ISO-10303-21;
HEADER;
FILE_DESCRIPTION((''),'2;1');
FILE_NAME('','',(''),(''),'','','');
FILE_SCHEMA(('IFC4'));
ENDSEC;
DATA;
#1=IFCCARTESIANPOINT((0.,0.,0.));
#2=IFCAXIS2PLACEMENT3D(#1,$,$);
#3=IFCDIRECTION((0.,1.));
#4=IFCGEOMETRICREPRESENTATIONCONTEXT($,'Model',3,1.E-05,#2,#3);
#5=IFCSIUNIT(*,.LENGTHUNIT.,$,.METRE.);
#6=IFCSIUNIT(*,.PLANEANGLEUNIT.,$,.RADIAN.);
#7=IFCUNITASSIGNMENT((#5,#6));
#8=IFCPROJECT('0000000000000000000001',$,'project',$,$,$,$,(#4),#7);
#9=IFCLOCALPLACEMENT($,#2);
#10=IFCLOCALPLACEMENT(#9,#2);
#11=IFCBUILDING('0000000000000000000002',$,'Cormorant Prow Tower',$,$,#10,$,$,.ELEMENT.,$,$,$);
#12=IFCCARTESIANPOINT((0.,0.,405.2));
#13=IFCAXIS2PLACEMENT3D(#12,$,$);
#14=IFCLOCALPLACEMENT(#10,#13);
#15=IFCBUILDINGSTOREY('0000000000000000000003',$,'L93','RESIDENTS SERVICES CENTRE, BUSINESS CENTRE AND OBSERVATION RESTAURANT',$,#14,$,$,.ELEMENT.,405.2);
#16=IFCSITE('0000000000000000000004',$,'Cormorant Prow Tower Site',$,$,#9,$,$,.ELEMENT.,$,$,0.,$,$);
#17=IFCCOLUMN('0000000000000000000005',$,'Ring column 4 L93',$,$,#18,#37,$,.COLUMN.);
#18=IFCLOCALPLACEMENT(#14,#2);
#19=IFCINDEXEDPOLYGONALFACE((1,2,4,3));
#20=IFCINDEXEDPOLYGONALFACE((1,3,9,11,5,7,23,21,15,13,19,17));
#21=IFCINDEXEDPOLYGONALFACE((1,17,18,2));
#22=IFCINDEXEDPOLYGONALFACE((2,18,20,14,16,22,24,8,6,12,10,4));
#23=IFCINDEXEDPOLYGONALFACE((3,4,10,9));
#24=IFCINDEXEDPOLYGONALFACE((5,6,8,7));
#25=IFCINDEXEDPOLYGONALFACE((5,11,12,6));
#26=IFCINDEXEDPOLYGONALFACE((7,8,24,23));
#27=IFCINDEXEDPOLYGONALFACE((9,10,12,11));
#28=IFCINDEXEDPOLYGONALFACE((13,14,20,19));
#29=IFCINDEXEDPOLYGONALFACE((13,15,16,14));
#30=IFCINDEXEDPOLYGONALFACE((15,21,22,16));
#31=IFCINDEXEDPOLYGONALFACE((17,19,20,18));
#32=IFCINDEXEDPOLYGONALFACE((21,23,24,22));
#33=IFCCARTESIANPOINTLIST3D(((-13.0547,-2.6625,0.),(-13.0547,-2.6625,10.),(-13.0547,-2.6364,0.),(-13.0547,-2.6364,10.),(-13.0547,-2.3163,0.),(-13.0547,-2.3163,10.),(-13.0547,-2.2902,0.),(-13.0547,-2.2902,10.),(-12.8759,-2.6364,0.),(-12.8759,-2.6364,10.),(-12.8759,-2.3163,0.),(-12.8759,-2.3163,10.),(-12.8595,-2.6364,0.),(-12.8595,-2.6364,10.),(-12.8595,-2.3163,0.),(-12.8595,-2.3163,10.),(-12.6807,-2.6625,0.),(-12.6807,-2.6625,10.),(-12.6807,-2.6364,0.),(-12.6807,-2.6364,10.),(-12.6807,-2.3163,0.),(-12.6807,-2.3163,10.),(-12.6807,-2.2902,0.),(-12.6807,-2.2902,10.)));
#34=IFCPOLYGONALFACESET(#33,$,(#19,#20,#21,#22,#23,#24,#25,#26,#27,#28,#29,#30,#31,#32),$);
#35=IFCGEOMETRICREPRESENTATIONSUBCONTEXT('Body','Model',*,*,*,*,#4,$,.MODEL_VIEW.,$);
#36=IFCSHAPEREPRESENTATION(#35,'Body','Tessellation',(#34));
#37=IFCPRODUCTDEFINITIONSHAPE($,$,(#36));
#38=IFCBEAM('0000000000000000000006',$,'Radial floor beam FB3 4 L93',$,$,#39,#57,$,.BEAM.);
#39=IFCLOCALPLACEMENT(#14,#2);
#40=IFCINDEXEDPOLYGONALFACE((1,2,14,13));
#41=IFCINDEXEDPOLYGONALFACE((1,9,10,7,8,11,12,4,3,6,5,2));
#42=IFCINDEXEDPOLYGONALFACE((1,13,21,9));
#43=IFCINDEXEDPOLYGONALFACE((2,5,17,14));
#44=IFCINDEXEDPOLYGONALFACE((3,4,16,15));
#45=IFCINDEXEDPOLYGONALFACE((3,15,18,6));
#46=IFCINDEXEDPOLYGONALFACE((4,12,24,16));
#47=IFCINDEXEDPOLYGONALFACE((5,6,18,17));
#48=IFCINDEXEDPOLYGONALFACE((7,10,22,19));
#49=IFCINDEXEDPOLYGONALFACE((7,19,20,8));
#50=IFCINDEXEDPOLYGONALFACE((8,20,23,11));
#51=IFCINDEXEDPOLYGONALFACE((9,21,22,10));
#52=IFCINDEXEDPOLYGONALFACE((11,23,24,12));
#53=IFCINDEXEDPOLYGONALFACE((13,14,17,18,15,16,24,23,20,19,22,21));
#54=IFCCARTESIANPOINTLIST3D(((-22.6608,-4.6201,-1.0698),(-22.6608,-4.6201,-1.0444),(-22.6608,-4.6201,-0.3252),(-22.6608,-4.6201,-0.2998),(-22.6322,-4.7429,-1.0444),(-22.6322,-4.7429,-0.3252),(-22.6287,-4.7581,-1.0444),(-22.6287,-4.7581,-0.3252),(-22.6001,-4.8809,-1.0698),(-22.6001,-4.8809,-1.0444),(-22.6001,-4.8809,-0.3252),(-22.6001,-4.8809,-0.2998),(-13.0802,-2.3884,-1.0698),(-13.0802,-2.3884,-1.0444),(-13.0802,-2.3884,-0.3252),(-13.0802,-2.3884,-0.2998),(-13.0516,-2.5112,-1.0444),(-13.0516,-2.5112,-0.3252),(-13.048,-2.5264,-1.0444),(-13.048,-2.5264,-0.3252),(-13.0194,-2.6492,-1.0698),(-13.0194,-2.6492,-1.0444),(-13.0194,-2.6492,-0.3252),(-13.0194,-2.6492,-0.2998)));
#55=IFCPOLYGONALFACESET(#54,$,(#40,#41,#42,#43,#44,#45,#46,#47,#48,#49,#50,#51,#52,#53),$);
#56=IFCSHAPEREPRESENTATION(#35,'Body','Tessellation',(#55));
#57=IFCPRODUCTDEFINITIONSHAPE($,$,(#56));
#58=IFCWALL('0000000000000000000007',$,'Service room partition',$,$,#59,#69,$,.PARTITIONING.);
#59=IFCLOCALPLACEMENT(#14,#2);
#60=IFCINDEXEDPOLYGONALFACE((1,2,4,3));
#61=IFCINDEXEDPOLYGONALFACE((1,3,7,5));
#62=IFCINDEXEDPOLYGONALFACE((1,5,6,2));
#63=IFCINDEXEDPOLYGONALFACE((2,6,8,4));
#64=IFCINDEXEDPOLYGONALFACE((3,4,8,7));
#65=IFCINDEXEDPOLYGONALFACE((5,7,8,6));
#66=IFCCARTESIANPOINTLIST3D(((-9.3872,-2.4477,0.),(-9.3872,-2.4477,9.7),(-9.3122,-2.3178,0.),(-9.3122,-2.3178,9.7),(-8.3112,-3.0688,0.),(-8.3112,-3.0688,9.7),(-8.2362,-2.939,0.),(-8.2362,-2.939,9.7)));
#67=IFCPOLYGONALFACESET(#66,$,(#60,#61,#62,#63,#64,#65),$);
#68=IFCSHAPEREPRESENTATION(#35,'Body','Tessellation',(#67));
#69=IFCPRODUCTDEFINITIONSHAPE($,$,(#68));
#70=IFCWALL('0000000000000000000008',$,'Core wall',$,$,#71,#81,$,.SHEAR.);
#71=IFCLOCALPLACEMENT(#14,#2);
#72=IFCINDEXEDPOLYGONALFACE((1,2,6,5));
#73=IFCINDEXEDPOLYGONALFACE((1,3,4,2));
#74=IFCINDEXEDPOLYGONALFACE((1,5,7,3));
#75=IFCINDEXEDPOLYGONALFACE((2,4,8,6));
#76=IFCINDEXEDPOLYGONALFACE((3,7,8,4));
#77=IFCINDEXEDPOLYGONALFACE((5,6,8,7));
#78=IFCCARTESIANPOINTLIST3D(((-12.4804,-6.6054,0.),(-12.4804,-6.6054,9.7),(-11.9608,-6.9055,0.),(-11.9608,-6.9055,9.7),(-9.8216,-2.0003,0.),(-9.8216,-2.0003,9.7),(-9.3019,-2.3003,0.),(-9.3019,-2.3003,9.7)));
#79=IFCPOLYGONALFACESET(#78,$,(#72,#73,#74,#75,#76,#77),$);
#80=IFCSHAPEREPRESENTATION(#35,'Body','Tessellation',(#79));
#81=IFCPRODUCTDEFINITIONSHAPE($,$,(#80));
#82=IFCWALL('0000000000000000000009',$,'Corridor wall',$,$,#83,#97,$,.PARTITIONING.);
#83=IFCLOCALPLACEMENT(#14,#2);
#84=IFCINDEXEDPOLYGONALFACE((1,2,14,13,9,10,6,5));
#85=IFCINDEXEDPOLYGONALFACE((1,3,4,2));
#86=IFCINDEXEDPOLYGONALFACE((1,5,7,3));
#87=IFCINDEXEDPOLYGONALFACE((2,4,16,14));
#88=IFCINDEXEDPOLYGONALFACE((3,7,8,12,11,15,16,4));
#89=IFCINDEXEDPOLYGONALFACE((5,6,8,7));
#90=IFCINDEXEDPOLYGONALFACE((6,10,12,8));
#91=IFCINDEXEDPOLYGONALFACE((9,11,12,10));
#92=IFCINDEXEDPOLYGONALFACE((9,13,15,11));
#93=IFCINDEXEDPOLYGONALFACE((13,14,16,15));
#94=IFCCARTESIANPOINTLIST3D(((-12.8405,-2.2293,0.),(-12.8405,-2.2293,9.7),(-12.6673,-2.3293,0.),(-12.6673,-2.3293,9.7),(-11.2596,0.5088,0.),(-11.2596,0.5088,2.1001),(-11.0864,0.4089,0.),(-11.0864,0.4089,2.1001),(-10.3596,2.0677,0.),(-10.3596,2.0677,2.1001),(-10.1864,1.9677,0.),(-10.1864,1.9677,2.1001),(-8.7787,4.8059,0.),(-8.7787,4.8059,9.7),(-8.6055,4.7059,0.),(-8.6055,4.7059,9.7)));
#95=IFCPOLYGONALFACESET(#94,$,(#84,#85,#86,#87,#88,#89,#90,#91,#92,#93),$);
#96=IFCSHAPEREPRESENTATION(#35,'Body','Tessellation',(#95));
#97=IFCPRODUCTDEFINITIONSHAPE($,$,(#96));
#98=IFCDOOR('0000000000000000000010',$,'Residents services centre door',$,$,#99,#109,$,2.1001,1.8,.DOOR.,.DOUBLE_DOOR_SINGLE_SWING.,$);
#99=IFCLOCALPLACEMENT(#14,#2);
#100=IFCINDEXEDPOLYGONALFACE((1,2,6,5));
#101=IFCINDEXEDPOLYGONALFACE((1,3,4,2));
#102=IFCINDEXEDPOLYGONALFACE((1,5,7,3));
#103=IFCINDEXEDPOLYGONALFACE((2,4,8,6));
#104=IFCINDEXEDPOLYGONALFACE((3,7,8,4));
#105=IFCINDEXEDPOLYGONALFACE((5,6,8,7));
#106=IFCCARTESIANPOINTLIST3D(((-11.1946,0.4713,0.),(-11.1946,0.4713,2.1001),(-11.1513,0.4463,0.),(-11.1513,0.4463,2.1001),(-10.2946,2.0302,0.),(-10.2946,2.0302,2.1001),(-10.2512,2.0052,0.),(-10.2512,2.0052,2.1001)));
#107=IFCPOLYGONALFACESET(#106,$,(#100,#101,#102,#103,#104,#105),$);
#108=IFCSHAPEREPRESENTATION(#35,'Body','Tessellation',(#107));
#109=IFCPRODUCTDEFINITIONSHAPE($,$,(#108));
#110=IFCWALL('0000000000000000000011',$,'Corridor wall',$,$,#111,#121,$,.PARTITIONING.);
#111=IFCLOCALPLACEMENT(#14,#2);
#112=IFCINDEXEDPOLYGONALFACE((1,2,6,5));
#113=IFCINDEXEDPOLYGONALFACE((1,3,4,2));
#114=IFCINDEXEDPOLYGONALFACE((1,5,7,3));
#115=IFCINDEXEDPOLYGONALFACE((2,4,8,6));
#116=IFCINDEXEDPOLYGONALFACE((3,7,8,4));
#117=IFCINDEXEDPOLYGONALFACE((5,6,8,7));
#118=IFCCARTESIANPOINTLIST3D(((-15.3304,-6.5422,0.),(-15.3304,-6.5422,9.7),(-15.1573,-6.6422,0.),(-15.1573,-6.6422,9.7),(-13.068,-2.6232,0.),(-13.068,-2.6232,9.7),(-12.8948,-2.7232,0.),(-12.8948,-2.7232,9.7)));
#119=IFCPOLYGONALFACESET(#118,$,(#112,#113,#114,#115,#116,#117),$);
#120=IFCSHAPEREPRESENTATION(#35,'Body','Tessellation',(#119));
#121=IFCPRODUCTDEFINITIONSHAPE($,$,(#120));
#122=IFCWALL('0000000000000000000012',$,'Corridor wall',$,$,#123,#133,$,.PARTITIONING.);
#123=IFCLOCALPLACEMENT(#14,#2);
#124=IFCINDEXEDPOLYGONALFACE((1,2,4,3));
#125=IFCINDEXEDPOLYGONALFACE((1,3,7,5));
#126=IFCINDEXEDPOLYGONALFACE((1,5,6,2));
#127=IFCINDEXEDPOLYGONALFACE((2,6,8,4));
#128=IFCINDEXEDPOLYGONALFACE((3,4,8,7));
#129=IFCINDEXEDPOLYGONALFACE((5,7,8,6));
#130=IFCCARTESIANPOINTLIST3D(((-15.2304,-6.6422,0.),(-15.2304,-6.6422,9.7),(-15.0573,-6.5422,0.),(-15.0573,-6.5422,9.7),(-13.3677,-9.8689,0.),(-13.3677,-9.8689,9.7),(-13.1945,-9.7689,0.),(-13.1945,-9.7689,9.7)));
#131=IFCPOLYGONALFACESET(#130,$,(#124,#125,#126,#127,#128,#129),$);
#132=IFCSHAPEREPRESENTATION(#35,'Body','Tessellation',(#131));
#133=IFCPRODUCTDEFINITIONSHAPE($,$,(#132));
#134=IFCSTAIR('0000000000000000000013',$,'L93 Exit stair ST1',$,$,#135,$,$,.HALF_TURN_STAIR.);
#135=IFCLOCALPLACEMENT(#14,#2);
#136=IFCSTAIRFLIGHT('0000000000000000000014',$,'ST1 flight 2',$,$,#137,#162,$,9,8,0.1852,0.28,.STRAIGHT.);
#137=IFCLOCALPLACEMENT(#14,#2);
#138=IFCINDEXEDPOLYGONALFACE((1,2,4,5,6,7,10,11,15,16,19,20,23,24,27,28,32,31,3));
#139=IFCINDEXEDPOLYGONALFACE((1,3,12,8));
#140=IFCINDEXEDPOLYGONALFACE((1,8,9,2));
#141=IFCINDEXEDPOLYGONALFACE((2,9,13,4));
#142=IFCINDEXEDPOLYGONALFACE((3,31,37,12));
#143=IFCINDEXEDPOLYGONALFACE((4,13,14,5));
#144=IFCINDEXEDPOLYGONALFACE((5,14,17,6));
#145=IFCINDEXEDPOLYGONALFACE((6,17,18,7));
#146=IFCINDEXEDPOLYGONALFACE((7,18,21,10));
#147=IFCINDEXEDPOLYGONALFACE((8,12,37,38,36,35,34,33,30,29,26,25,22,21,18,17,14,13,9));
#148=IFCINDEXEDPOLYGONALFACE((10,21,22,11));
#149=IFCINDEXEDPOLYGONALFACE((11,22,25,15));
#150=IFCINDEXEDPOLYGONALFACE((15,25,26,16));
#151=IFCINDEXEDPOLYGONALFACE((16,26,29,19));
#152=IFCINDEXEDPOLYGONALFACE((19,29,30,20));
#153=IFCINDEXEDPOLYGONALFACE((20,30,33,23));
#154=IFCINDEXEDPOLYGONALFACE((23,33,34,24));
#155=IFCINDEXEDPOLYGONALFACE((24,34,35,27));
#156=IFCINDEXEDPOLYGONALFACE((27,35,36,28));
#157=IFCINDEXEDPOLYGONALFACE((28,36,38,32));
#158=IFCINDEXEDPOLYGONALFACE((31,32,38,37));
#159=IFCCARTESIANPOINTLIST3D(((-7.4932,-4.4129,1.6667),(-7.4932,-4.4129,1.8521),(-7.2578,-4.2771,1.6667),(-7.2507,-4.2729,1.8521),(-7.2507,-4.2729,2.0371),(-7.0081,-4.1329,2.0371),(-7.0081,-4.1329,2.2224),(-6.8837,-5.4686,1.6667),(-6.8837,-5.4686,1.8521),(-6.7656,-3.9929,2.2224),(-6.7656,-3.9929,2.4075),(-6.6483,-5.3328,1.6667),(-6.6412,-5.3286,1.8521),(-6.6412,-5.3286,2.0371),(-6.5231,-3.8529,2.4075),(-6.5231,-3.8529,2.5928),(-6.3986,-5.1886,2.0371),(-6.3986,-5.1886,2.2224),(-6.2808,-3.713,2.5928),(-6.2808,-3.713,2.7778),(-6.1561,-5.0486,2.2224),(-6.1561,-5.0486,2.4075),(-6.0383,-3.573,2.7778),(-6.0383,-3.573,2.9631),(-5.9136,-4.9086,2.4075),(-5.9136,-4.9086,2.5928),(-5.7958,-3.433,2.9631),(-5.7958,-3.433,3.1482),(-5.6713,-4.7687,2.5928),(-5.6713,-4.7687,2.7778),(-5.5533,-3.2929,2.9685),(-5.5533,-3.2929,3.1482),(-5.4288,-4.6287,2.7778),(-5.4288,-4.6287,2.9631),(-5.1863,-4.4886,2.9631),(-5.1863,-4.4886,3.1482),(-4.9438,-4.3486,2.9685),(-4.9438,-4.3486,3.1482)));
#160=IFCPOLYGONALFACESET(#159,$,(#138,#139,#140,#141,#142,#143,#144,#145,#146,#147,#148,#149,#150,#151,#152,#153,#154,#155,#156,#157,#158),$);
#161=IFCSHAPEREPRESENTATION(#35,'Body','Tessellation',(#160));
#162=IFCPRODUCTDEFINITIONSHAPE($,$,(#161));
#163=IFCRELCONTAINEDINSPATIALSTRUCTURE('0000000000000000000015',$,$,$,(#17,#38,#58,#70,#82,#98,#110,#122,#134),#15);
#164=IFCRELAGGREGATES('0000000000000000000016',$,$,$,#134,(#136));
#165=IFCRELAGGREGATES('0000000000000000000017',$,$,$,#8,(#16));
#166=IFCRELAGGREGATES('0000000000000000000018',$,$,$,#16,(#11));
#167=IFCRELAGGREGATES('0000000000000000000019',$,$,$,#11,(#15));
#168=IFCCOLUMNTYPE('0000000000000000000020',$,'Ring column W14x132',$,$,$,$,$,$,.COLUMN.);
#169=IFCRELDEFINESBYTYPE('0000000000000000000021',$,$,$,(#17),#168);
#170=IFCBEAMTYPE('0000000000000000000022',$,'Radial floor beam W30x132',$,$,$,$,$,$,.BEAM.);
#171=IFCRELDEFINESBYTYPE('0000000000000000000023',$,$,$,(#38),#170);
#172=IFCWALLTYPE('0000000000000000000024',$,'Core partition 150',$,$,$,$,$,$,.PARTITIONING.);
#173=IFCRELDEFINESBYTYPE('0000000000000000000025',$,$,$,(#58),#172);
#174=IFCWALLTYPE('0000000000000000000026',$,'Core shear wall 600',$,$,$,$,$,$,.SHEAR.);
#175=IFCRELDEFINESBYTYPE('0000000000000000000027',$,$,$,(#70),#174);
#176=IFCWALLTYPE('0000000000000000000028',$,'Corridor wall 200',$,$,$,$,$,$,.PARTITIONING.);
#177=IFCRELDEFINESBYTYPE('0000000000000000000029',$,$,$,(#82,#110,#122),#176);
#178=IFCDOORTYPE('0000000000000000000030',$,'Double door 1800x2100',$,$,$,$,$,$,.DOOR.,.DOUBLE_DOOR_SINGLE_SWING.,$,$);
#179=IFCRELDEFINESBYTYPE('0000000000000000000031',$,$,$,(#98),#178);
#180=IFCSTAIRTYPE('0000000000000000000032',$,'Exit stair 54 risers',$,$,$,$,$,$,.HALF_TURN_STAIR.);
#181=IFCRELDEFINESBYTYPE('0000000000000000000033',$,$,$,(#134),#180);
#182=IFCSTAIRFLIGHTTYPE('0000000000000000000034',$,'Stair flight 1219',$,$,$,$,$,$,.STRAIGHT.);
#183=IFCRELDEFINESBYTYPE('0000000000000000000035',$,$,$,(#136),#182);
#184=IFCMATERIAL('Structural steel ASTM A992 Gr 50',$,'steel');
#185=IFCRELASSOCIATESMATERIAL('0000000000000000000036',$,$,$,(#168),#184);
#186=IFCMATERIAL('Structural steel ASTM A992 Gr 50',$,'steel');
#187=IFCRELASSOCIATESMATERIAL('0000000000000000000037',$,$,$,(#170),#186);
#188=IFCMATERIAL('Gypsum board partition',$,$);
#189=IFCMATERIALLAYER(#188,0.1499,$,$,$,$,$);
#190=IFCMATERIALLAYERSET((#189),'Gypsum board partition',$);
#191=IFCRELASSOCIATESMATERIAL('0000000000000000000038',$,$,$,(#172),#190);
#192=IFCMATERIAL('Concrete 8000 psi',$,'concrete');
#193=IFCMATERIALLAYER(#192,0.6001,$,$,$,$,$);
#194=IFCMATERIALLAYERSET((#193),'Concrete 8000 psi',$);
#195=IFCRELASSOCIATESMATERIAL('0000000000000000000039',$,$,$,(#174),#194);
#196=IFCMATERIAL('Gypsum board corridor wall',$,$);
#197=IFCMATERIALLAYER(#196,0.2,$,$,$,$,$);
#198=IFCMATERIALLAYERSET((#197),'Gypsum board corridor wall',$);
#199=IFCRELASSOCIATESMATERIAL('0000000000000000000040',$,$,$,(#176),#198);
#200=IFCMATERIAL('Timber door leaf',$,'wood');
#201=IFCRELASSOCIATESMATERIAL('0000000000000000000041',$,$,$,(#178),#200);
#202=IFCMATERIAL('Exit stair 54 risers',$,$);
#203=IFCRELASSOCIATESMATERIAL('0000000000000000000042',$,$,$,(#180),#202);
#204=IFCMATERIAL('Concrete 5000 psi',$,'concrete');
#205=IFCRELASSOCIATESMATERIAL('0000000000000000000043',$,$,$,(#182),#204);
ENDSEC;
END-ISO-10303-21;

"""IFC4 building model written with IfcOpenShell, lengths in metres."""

from ifc_helpers import new_model, si_unit, direction, frame, frame_2d, origin, origin_2d, place, context, subcontext, project, spatial, polyline, rectangle, i_section, outline, extrude, material, layer, layer_set, material_profile, profile_set, type_object, element, fill, aggregate, save


model = new_model("IFC4")

# Units and contexts
model_context = context("Model", 3, precision=1e-05, world=origin(), true_north=direction((0.0, 1.0)))
body_context = subcontext(model_context, "Body", "Model", "MODEL_VIEW")
ifc_project = project(units=[si_unit("LENGTHUNIT", "METRE"), si_unit("PLANEANGLEUNIT", "RADIAN")], contexts=[model_context])

# Site, building, storey
site_placement = place(None, origin())
site = spatial("IfcSite", under=ifc_project, at=site_placement, Name="Cormorant Prow Tower Site", CompositionType="ELEMENT", RefElevation=0.0)
building_placement = place(site_placement, origin())
building = spatial("IfcBuilding", under=site, at=building_placement, Name="Cormorant Prow Tower", CompositionType="ELEMENT")
storey_placement = place(building_placement, frame((0.0, 0.0, 405.2)))
storey = spatial("IfcBuildingStorey", under=building, at=storey_placement, Name="L93", Description="RESIDENTS SERVICES CENTRE, BUSINESS CENTRE AND OBSERVATION RESTAURANT", CompositionType="ELEMENT", Elevation=405.2)

# Column
ifc_material_1 = material(Name="Structural steel ASTM A992 Gr 50", Category="steel")
ifc_material_profile_1 = material_profile(ifc_material_1, i_section(OverallWidth=0.374, OverallDepth=0.3723, WebThickness=0.0164, FlangeThickness=0.0261, at=origin_2d()), Name="W14x132")
ifc_profile_set_1 = profile_set([ifc_material_profile_1], Name="Structural steel ASTM A992 Gr 50")
column_type = type_object("IfcColumnType", Name="Ring column W14x132", PredefinedType="COLUMN", material=ifc_profile_set_1)
column_placement = place(storey_placement, frame((-12.8677, -2.4763, 0.0), z_axis=(0.0, 0.0, 1.0), x_axis=(1.0, 0.0, 0.0)))
element("IfcColumn", 1, at=column_placement, inside=storey, type_object=column_type, Name="Ring column 4 L93", PredefinedType="COLUMN", context=body_context, shape_type="SweptSolid", body=[
    extrude(i_section(OverallWidth=0.374, OverallDepth=0.3723, WebThickness=0.0164, FlangeThickness=0.0261, at=origin_2d()), origin(), (0.0, 0.0, 1.0), 10.0),
])

# Beam
ifc_material_2 = material(Name="Structural steel ASTM A992 Gr 50", Category="steel")
ifc_material_profile_2 = material_profile(ifc_material_2, i_section(OverallWidth=0.2678, OverallDepth=0.77, WebThickness=0.0156, FlangeThickness=0.0254, at=origin_2d()), Name="W30x132")
ifc_profile_set_2 = profile_set([ifc_material_profile_2], Name="Structural steel ASTM A992 Gr 50")
beam_type = type_object("IfcBeamType", Name="Radial floor beam W30x132", PredefinedType="BEAM", material=ifc_profile_set_2)
beam_placement = place(storey_placement, frame((-13.0498, -2.5188, -0.6848), z_axis=(-0.973926, -0.226866, 0.0), x_axis=(0.226866, -0.973926, 0.0)))
element("IfcBeam", 2, at=beam_placement, inside=storey, type_object=beam_type, Name="Radial floor beam FB3 4 L93", PredefinedType="BEAM", context=body_context, shape_type="SweptSolid", body=[
    extrude(i_section(OverallWidth=0.2678, OverallDepth=0.77, WebThickness=0.0156, FlangeThickness=0.0254, at=origin_2d()), origin(), (0.0, 0.0, 1.0), 9.8372),
])

# Walls
ifc_material_3 = material(Name="Gypsum board partition")
ifc_layer_1 = layer(ifc_material_3, 0.1499)
ifc_layer_set_1 = layer_set([ifc_layer_1], Name="Gypsum board partition")
wall_type_1 = type_object("IfcWallType", Name="Core partition 150", PredefinedType="PARTITIONING", material=ifc_layer_set_1)
wall_1_placement = place(storey_placement, frame((-9.3496, -2.3828, 0.0), z_axis=(0.0, 0.0, 1.0), x_axis=(0.866058, -0.499944, 0.0)))
element("IfcWall", 3, at=wall_1_placement, inside=storey, type_object=wall_type_1, Name="Service room partition", PredefinedType="PARTITIONING", context=body_context, shape_type="SweptSolid", body=[
    extrude(rectangle(XDim=1.2424, YDim=0.1499, at=frame_2d((0.6211, 0.0))), origin(), (0.0, 0.0, 1.0), 9.7),
])
ifc_material_4 = material(Name="Concrete 8000 psi", Category="concrete")
ifc_layer_2 = layer(ifc_material_4, 0.6001)
ifc_layer_set_2 = layer_set([ifc_layer_2], Name="Concrete 8000 psi")
wall_type_2 = type_object("IfcWallType", Name="Core shear wall 600", PredefinedType="SHEAR", material=ifc_layer_set_2)
wall_2_placement = place(storey_placement, frame((-9.5618, -2.1504, 0.0), z_axis=(0.0, 0.0, 1.0), x_axis=(-0.500015, -0.866017, 0.0)))
element("IfcWall", 4, at=wall_2_placement, inside=storey, type_object=wall_type_2, Name="Core wall", PredefinedType="SHEAR", context=body_context, shape_type="SweptSolid", body=[
    extrude(rectangle(XDim=5.3176, YDim=0.6001, at=frame_2d((2.6587, 0.0))), origin(), (0.0, 0.0, 1.0), 9.7),
])

# Wall, opening, door
ifc_material_5 = material(Name="Gypsum board corridor wall")
ifc_layer_3 = layer(ifc_material_5, 0.2)
ifc_layer_set_3 = layer_set([ifc_layer_3], Name="Gypsum board corridor wall")
wall_type_3 = type_object("IfcWallType", Name="Corridor wall 200", PredefinedType="PARTITIONING", material=ifc_layer_set_3)
wall_3_placement = place(storey_placement, frame((-12.7539, -2.2793, 0.0), z_axis=(0.0, 0.0, 1.0), x_axis=(0.500002, 0.866024, 0.0)))
wall_3 = element("IfcWall", 5, at=wall_3_placement, inside=storey, type_object=wall_type_3, Name="Corridor wall", PredefinedType="PARTITIONING", context=body_context, shape_type="SweptSolid", body=[
    extrude(rectangle(XDim=8.1235, YDim=0.2, at=frame_2d((4.0618, 0.0))), origin(), (0.0, 0.0, 1.0), 9.7),
])
opening_placement = place(wall_3_placement, frame((3.1619, 0.0, 0.0)))
opening = element("IfcOpeningElement", 6, at=opening_placement, cuts=wall_3, PredefinedType="OPENING", context=body_context, shape_type="SweptSolid", body=[
    extrude(rectangle(XDim=1.8, YDim=2.1001, at=frame_2d((0.8999, 1.05))), frame((0.0, 0.1099, 0.0), z_axis=(0.0, -1.0, 0.0), x_axis=(1.0, 0.0, 0.0)), (0.0, 0.0, 1.0), 0.22),
])
ifc_material_6 = material(Name="Timber door leaf", Category="wood")
door_type = type_object("IfcDoorType", Name="Double door 1800x2100", OperationType="DOUBLE_DOOR_SINGLE_SWING", PredefinedType="DOOR", material=ifc_material_6)
door_placement = place(opening_placement, origin())
door = element("IfcDoor", 7, at=door_placement, inside=storey, type_object=door_type, Name="Residents services centre door", OperationType="DOUBLE_DOOR_SINGLE_SWING", OverallHeight=2.1001, OverallWidth=1.8, PredefinedType="DOOR", context=body_context, shape_type="SweptSolid", body=[
    extrude(rectangle(XDim=1.8, YDim=2.1001, at=frame_2d((0.8999, 1.05))), frame((0.0, 0.0249, 0.0), z_axis=(0.0, -1.0, 0.0), x_axis=(1.0, 0.0, 0.0)), (0.0, 0.0, 1.0), 0.05),
])
fill(opening, door)

# Walls
wall_4_placement = place(storey_placement, frame((-15.2439, -6.5923, 0.0), z_axis=(0.0, 0.0, 1.0), x_axis=(0.499975, 0.86604, 0.0)))
element("IfcWall", 8, at=wall_4_placement, inside=storey, type_object=wall_type_3, Name="Corridor wall", PredefinedType="PARTITIONING", context=body_context, shape_type="SweptSolid", body=[
    extrude(rectangle(XDim=4.5251, YDim=0.2, at=frame_2d((2.2627, 0.0))), origin(), (0.0, 0.0, 1.0), 9.7),
])
wall_5_placement = place(storey_placement, frame((-15.1438, -6.5923, 0.0), z_axis=(0.0, 0.0, 1.0), x_axis=(0.499959, -0.866049, 0.0)))
element("IfcWall", 9, at=wall_5_placement, inside=storey, type_object=wall_type_3, Name="Corridor wall", PredefinedType="PARTITIONING", context=body_context, shape_type="SweptSolid", body=[
    extrude(rectangle(XDim=3.7258, YDim=0.2, at=frame_2d((1.8628, 0.0))), origin(), (0.0, 0.0, 1.0), 9.7),
])

# Stair, stair flight
ifc_material_7 = material(Name="Exit stair 54 risers")
stair_type = type_object("IfcStairType", Name="Exit stair 54 risers", PredefinedType="HALF_TURN_STAIR", material=ifc_material_7)
stair_placement = place(storey_placement, origin())
stair = element("IfcStair", 10, at=stair_placement, inside=storey, type_object=stair_type, Name="L93 Exit stair ST1", PredefinedType="HALF_TURN_STAIR")
ifc_material_8 = material(Name="Concrete 5000 psi", Category="concrete")
stair_flight_type = type_object("IfcStairFlightType", Name="Stair flight 1219", PredefinedType="STRAIGHT", material=ifc_material_8)
stair_flight_1_placement = place(storey_placement, frame((-7.1885, -4.9407, 1.6667), z_axis=(0.0, 0.0, 1.0), x_axis=(0.866025, 0.5, 0.0)))
stair_flight_1 = element("IfcStairFlight", 11, at=stair_flight_1_placement, type_object=stair_flight_type, Name="ST1 flight 2", NumberOfRisers=9, NumberOfTreads=8, PredefinedType="STRAIGHT", RiserHeight=0.1852, TreadLength=0.28, context=body_context, shape_type="SweptSolid", body=[
    extrude(outline(polyline([(0.0, 0.0), (0.0, 0.1853), (0.28, 0.1853), (0.28, 0.3704), (0.5601, 0.3704), (0.5601, 0.5557), (0.8401, 0.5557), (0.8401, 0.7407), (1.1201, 0.7407), (1.1201, 0.926), (1.3999, 0.926), (1.3999, 1.1111), (1.6799, 1.1111), (1.6799, 1.2964), (1.96, 1.2964), (1.96, 1.4814), (2.24, 1.4814), (2.24, 1.6667), (2.24, 1.3018), (0.2717, 0.0), (0.0, 0.0)])), frame((0.0, 0.6094, 0.0), z_axis=(0.0, -1.0, 0.0), x_axis=(1.0, 0.0, 0.0)), (0.0, 0.0, 1.0), 1.219),
])
aggregate(stair, [stair_flight_1])

save(model, "model.ifc")
